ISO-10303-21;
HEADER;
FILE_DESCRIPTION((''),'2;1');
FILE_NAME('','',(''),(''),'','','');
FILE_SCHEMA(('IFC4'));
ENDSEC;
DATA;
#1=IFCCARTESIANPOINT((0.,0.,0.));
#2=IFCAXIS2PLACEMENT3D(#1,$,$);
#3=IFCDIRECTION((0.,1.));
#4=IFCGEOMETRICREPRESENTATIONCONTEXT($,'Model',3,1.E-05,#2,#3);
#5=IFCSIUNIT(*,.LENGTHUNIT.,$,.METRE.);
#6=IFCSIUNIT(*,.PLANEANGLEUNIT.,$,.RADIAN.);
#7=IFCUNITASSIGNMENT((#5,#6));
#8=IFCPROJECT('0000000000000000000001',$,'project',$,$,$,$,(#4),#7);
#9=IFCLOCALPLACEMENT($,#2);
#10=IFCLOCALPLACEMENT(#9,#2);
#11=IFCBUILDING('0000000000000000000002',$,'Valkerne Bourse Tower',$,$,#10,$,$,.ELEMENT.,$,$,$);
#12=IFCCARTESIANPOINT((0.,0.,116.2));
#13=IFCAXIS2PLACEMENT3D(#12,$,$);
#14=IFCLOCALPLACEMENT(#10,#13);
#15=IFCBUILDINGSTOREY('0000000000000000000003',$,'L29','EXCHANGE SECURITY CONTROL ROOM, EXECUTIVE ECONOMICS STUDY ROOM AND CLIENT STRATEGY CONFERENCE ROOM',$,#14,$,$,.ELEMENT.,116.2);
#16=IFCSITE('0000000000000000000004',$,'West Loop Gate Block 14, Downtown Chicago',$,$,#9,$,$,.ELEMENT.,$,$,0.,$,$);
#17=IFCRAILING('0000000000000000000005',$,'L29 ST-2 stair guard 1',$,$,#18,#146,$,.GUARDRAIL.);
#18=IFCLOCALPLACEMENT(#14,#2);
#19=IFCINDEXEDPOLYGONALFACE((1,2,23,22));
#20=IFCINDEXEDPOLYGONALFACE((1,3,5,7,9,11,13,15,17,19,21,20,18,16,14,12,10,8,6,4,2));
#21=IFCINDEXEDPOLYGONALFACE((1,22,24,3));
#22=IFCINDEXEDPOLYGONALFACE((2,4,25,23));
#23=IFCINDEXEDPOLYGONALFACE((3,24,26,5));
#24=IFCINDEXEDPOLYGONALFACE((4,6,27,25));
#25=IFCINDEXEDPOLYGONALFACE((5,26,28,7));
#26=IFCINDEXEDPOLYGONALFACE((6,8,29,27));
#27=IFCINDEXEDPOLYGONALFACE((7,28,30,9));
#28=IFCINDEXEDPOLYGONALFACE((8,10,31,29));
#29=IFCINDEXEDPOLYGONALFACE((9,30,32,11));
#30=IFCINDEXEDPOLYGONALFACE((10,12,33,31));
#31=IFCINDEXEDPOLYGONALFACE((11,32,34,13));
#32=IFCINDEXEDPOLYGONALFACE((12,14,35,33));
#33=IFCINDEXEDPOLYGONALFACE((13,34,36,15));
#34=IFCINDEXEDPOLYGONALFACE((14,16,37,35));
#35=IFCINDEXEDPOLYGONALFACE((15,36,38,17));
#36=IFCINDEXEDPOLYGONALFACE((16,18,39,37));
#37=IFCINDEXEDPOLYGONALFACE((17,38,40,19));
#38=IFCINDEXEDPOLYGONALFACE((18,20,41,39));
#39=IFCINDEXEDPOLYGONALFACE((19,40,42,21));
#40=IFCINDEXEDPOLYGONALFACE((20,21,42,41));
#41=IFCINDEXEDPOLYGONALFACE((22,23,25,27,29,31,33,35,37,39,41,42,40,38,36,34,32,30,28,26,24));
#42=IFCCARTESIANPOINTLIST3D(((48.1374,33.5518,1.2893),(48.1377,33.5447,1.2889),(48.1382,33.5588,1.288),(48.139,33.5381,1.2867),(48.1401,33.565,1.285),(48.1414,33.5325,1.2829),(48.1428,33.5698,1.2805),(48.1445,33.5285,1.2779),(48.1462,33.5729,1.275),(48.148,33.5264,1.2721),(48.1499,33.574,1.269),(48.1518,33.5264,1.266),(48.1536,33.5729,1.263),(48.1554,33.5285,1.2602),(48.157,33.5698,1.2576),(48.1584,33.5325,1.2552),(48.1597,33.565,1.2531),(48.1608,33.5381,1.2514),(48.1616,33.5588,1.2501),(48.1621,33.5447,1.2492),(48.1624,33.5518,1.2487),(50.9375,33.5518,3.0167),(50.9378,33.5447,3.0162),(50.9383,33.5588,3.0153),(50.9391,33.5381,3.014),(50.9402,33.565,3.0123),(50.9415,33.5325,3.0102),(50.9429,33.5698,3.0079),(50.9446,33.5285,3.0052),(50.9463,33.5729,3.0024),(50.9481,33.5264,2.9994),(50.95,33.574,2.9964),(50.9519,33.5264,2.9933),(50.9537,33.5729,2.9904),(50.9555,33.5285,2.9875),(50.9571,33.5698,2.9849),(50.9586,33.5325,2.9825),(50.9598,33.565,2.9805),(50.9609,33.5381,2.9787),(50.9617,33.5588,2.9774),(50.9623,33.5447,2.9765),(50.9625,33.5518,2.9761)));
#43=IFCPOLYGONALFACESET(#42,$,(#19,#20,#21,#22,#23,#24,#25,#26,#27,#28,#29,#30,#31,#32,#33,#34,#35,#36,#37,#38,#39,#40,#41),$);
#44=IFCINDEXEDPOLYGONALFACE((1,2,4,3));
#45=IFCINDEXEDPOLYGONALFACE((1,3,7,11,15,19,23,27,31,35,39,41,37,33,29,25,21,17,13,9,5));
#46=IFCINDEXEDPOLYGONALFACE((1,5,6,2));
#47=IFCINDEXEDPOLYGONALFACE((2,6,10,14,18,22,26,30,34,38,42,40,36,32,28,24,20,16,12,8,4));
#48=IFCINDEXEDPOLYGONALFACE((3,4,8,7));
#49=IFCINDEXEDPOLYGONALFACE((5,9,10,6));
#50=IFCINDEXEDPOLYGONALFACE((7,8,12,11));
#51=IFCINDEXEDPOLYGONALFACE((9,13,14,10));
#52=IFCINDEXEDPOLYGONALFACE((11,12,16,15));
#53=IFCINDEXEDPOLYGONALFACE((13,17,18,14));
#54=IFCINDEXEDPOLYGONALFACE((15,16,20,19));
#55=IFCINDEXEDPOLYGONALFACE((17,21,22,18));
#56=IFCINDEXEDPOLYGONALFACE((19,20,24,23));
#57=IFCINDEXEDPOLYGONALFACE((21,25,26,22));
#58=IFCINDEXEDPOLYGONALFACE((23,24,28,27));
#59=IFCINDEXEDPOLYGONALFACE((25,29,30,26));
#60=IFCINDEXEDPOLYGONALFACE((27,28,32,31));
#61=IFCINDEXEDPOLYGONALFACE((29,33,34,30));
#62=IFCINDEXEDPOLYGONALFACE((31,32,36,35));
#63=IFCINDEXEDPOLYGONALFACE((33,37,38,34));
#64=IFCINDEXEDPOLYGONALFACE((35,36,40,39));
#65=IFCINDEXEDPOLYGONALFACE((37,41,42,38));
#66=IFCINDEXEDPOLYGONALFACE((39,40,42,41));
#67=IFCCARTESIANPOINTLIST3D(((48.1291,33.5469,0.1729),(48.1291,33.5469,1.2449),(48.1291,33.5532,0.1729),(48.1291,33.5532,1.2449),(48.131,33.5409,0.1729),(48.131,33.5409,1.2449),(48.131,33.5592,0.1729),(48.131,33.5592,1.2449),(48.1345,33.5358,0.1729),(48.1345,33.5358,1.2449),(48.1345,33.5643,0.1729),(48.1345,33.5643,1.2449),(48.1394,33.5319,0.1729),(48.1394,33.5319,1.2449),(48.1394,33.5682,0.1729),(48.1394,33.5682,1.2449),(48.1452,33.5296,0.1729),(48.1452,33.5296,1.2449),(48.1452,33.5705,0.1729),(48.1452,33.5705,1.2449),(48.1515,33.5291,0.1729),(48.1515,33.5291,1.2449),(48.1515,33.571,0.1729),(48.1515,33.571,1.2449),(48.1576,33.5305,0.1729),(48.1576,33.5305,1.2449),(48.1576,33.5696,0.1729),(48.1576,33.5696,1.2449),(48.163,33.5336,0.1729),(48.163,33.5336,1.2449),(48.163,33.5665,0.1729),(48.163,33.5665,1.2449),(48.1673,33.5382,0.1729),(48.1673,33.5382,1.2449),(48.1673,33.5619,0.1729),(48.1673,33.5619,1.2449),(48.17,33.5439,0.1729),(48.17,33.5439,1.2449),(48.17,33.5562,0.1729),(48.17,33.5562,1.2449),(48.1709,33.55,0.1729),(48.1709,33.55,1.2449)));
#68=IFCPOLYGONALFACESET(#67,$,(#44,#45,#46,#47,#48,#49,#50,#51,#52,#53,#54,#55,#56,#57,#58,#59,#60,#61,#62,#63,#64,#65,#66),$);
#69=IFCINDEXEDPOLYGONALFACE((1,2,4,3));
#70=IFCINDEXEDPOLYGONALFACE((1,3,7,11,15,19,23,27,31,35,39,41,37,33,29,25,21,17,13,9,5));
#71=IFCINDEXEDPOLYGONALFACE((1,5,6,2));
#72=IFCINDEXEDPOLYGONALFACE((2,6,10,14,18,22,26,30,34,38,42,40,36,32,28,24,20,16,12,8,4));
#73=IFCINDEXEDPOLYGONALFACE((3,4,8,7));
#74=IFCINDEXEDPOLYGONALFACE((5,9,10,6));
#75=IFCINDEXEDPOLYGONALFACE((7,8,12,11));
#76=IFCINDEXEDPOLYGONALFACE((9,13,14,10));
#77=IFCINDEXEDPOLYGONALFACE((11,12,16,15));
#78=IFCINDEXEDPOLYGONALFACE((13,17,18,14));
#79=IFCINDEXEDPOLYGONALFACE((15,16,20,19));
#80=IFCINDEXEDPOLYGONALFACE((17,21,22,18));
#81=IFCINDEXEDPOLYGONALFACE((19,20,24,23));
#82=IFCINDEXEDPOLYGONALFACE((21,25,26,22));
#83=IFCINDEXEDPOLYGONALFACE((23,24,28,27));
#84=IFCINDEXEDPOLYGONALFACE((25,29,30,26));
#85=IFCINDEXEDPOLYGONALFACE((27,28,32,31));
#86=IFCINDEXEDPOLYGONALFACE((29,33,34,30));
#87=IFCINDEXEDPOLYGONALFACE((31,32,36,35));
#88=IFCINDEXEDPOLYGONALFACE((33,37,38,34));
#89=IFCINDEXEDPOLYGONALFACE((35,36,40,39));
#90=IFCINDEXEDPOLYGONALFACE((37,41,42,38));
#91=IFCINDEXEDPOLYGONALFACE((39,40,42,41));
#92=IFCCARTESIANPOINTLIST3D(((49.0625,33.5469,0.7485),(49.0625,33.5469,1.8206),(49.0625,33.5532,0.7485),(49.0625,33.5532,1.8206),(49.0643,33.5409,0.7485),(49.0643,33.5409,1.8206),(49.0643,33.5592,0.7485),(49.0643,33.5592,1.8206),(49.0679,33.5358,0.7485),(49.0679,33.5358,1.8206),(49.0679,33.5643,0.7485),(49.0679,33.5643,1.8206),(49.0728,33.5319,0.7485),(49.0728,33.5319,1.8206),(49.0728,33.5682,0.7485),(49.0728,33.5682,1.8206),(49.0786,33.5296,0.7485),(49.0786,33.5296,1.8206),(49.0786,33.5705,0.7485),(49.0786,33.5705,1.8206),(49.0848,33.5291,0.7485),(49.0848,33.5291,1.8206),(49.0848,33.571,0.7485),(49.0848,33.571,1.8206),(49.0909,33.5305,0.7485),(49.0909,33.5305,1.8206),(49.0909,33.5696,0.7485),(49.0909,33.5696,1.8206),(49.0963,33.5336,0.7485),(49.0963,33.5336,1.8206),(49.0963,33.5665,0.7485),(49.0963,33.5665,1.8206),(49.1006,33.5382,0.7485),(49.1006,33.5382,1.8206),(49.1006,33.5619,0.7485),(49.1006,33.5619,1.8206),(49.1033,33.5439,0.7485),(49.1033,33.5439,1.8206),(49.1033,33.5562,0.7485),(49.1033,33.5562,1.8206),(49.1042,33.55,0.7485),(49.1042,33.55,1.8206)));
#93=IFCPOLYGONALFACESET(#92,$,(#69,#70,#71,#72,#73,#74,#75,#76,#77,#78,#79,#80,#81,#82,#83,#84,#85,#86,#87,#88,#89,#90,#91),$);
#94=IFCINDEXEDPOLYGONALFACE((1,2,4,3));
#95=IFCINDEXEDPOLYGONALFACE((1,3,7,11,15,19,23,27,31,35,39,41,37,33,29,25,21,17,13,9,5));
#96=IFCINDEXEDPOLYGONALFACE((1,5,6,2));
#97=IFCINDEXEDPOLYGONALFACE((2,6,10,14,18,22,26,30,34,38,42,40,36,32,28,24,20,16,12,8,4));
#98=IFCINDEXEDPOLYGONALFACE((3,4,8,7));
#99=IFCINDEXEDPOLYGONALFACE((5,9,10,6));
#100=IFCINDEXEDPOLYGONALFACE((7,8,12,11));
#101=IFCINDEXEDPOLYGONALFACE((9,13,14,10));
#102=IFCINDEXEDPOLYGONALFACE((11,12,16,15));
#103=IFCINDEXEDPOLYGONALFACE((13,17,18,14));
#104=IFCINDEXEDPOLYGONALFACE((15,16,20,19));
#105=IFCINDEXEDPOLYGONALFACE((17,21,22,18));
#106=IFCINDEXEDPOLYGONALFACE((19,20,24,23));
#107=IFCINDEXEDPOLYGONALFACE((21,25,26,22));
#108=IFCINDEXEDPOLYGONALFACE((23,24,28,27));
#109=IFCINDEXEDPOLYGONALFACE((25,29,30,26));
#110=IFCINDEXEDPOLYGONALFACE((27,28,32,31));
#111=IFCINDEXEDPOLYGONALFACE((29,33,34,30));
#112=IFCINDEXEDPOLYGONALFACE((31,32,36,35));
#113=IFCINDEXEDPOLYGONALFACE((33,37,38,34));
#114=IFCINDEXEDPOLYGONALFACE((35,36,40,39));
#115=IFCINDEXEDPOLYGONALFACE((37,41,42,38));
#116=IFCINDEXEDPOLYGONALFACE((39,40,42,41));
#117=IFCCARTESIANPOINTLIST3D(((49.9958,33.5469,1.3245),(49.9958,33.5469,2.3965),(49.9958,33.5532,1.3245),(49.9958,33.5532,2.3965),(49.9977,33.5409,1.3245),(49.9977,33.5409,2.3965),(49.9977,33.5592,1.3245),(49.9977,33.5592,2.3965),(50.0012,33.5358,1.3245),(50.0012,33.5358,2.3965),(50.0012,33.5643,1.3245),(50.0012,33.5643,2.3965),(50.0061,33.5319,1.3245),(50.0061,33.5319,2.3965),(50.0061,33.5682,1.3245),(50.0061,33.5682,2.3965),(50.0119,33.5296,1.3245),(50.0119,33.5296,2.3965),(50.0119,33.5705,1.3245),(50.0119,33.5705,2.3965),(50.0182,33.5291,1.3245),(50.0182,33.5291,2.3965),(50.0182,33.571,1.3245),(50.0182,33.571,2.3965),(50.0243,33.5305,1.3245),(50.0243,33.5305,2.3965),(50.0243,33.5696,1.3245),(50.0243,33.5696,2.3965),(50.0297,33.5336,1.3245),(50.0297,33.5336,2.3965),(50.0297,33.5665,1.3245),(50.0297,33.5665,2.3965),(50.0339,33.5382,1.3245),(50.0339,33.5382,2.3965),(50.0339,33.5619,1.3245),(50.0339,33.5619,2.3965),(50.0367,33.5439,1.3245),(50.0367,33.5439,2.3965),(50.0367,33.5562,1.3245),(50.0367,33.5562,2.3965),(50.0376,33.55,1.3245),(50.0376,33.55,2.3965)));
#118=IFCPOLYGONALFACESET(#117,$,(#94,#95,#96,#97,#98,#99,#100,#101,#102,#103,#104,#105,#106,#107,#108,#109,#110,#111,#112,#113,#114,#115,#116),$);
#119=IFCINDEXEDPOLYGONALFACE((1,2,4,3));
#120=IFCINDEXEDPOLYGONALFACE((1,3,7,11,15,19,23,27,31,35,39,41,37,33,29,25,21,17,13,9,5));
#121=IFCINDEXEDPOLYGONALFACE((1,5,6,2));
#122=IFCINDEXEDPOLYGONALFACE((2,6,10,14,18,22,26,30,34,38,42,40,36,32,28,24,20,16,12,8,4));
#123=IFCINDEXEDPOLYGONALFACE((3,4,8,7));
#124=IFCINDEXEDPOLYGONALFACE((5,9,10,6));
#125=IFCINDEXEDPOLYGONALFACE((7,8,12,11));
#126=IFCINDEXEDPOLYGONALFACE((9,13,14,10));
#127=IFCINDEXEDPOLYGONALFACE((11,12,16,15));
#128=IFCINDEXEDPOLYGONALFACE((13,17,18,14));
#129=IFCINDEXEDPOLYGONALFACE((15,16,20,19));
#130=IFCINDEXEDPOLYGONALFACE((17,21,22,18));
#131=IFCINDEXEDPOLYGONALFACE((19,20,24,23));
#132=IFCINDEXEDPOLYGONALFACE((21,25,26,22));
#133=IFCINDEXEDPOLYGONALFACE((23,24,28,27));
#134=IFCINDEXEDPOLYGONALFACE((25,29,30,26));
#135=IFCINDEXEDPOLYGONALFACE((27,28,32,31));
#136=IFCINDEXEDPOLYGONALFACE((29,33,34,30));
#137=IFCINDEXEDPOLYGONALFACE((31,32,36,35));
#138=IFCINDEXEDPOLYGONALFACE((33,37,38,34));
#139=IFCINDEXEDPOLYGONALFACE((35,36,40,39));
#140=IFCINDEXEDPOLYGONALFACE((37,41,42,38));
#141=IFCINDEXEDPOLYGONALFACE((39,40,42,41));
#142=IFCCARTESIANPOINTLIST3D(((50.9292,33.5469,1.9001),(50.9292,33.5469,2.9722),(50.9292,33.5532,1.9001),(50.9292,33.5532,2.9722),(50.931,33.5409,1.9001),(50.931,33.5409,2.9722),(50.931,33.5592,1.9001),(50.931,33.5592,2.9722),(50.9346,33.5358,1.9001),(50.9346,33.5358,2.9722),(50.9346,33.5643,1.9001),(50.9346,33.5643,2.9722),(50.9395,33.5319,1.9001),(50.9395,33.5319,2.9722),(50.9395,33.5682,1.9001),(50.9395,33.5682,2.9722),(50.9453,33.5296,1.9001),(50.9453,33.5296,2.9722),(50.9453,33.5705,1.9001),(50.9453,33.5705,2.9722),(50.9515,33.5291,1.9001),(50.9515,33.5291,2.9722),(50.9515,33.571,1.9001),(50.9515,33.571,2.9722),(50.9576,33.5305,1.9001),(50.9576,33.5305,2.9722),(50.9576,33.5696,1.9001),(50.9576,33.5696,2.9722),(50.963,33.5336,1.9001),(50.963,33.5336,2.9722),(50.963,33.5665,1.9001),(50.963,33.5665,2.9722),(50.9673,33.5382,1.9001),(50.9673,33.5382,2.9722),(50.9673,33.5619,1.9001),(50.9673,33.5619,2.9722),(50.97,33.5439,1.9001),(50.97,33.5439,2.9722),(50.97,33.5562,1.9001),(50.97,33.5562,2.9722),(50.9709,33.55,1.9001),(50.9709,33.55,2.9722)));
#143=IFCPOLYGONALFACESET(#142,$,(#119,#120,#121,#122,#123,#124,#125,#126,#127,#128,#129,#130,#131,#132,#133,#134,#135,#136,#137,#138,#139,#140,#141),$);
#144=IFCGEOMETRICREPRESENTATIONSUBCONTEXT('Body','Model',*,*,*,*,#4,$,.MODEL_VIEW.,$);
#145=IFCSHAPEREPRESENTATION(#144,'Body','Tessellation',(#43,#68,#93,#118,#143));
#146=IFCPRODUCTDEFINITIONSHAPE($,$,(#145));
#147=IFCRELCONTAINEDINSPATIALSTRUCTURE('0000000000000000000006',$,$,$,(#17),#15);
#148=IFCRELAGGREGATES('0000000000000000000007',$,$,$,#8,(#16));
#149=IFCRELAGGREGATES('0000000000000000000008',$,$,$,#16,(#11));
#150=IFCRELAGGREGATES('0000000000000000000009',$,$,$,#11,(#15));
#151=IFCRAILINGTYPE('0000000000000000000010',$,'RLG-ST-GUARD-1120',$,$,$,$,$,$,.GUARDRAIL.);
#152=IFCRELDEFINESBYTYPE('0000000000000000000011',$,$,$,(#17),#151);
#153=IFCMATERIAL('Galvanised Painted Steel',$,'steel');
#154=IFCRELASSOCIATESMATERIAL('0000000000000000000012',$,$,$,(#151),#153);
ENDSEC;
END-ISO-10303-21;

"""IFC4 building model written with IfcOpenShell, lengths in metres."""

from ifc_helpers import new_model, si_unit, direction, frame, origin, origin_2d, place, context, subcontext, project, spatial, circle, extrude, material, type_object, element, save


model = new_model("IFC4")

# Units and contexts
model_context = context("Model", 3, precision=1e-05, world=origin(), true_north=direction((0.0, 1.0)))
body_context = subcontext(model_context, "Body", "Model", "MODEL_VIEW")
ifc_project = project(units=[si_unit("LENGTHUNIT", "METRE"), si_unit("PLANEANGLEUNIT", "RADIAN")], contexts=[model_context])

# Site, building, storey
site_placement = place(None, origin())
site = spatial("IfcSite", under=ifc_project, at=site_placement, Name="West Loop Gate Block 14, Downtown Chicago", CompositionType="ELEMENT", RefElevation=0.0)
building_placement = place(site_placement, origin())
building = spatial("IfcBuilding", under=site, at=building_placement, Name="Valkerne Bourse Tower", CompositionType="ELEMENT")
storey_placement = place(building_placement, frame((0.0, 0.0, 116.2)))
storey = spatial("IfcBuildingStorey", under=building, at=storey_placement, Name="L29", Description="EXCHANGE SECURITY CONTROL ROOM, EXECUTIVE ECONOMICS STUDY ROOM AND CLIENT STRATEGY CONFERENCE ROOM", CompositionType="ELEMENT", Elevation=116.2)

# Shared definitions
ifc_material_1 = material(Name="Galvanised Painted Steel", Category="steel")

# Railing
railing_type_1 = type_object("IfcRailingType", Name="RLG-ST-GUARD-1120", PredefinedType="GUARDRAIL", material=ifc_material_1)
railing_1_placement = place(storey_placement, frame((48.1499, 33.55, 0.1729)))
element("IfcRailing", 1, at=railing_1_placement, inside=storey, type_object=railing_type_1, Name="L29 ST-2 stair guard 1", PredefinedType="GUARDRAIL", context=body_context, shape_type="SweptSolid", body=[
    extrude(circle(Radius=0.0239, at=origin_2d()), frame((0.0, 0.0, 1.0962), z_axis=(0.85109, 0.0, 0.52502), x_axis=(0.0, 1.0, 0.0)), (0.0, 0.0, 1.0), 3.29),
    extrude(circle(Radius=0.021, at=origin_2d()), origin(), (0.0, 0.0, 1.0), 1.072),
    extrude(circle(Radius=0.021, at=origin_2d()), frame((0.9333, 0.0, 0.5757)), (0.0, 0.0, 1.0), 1.072),
    extrude(circle(Radius=0.021, at=origin_2d()), frame((1.8667, 0.0, 1.1516)), (0.0, 0.0, 1.0), 1.072),
    extrude(circle(Radius=0.021, at=origin_2d()), frame((2.8, 0.0, 1.7273)), (0.0, 0.0, 1.0), 1.072),
])

save(model, "model.ifc")
